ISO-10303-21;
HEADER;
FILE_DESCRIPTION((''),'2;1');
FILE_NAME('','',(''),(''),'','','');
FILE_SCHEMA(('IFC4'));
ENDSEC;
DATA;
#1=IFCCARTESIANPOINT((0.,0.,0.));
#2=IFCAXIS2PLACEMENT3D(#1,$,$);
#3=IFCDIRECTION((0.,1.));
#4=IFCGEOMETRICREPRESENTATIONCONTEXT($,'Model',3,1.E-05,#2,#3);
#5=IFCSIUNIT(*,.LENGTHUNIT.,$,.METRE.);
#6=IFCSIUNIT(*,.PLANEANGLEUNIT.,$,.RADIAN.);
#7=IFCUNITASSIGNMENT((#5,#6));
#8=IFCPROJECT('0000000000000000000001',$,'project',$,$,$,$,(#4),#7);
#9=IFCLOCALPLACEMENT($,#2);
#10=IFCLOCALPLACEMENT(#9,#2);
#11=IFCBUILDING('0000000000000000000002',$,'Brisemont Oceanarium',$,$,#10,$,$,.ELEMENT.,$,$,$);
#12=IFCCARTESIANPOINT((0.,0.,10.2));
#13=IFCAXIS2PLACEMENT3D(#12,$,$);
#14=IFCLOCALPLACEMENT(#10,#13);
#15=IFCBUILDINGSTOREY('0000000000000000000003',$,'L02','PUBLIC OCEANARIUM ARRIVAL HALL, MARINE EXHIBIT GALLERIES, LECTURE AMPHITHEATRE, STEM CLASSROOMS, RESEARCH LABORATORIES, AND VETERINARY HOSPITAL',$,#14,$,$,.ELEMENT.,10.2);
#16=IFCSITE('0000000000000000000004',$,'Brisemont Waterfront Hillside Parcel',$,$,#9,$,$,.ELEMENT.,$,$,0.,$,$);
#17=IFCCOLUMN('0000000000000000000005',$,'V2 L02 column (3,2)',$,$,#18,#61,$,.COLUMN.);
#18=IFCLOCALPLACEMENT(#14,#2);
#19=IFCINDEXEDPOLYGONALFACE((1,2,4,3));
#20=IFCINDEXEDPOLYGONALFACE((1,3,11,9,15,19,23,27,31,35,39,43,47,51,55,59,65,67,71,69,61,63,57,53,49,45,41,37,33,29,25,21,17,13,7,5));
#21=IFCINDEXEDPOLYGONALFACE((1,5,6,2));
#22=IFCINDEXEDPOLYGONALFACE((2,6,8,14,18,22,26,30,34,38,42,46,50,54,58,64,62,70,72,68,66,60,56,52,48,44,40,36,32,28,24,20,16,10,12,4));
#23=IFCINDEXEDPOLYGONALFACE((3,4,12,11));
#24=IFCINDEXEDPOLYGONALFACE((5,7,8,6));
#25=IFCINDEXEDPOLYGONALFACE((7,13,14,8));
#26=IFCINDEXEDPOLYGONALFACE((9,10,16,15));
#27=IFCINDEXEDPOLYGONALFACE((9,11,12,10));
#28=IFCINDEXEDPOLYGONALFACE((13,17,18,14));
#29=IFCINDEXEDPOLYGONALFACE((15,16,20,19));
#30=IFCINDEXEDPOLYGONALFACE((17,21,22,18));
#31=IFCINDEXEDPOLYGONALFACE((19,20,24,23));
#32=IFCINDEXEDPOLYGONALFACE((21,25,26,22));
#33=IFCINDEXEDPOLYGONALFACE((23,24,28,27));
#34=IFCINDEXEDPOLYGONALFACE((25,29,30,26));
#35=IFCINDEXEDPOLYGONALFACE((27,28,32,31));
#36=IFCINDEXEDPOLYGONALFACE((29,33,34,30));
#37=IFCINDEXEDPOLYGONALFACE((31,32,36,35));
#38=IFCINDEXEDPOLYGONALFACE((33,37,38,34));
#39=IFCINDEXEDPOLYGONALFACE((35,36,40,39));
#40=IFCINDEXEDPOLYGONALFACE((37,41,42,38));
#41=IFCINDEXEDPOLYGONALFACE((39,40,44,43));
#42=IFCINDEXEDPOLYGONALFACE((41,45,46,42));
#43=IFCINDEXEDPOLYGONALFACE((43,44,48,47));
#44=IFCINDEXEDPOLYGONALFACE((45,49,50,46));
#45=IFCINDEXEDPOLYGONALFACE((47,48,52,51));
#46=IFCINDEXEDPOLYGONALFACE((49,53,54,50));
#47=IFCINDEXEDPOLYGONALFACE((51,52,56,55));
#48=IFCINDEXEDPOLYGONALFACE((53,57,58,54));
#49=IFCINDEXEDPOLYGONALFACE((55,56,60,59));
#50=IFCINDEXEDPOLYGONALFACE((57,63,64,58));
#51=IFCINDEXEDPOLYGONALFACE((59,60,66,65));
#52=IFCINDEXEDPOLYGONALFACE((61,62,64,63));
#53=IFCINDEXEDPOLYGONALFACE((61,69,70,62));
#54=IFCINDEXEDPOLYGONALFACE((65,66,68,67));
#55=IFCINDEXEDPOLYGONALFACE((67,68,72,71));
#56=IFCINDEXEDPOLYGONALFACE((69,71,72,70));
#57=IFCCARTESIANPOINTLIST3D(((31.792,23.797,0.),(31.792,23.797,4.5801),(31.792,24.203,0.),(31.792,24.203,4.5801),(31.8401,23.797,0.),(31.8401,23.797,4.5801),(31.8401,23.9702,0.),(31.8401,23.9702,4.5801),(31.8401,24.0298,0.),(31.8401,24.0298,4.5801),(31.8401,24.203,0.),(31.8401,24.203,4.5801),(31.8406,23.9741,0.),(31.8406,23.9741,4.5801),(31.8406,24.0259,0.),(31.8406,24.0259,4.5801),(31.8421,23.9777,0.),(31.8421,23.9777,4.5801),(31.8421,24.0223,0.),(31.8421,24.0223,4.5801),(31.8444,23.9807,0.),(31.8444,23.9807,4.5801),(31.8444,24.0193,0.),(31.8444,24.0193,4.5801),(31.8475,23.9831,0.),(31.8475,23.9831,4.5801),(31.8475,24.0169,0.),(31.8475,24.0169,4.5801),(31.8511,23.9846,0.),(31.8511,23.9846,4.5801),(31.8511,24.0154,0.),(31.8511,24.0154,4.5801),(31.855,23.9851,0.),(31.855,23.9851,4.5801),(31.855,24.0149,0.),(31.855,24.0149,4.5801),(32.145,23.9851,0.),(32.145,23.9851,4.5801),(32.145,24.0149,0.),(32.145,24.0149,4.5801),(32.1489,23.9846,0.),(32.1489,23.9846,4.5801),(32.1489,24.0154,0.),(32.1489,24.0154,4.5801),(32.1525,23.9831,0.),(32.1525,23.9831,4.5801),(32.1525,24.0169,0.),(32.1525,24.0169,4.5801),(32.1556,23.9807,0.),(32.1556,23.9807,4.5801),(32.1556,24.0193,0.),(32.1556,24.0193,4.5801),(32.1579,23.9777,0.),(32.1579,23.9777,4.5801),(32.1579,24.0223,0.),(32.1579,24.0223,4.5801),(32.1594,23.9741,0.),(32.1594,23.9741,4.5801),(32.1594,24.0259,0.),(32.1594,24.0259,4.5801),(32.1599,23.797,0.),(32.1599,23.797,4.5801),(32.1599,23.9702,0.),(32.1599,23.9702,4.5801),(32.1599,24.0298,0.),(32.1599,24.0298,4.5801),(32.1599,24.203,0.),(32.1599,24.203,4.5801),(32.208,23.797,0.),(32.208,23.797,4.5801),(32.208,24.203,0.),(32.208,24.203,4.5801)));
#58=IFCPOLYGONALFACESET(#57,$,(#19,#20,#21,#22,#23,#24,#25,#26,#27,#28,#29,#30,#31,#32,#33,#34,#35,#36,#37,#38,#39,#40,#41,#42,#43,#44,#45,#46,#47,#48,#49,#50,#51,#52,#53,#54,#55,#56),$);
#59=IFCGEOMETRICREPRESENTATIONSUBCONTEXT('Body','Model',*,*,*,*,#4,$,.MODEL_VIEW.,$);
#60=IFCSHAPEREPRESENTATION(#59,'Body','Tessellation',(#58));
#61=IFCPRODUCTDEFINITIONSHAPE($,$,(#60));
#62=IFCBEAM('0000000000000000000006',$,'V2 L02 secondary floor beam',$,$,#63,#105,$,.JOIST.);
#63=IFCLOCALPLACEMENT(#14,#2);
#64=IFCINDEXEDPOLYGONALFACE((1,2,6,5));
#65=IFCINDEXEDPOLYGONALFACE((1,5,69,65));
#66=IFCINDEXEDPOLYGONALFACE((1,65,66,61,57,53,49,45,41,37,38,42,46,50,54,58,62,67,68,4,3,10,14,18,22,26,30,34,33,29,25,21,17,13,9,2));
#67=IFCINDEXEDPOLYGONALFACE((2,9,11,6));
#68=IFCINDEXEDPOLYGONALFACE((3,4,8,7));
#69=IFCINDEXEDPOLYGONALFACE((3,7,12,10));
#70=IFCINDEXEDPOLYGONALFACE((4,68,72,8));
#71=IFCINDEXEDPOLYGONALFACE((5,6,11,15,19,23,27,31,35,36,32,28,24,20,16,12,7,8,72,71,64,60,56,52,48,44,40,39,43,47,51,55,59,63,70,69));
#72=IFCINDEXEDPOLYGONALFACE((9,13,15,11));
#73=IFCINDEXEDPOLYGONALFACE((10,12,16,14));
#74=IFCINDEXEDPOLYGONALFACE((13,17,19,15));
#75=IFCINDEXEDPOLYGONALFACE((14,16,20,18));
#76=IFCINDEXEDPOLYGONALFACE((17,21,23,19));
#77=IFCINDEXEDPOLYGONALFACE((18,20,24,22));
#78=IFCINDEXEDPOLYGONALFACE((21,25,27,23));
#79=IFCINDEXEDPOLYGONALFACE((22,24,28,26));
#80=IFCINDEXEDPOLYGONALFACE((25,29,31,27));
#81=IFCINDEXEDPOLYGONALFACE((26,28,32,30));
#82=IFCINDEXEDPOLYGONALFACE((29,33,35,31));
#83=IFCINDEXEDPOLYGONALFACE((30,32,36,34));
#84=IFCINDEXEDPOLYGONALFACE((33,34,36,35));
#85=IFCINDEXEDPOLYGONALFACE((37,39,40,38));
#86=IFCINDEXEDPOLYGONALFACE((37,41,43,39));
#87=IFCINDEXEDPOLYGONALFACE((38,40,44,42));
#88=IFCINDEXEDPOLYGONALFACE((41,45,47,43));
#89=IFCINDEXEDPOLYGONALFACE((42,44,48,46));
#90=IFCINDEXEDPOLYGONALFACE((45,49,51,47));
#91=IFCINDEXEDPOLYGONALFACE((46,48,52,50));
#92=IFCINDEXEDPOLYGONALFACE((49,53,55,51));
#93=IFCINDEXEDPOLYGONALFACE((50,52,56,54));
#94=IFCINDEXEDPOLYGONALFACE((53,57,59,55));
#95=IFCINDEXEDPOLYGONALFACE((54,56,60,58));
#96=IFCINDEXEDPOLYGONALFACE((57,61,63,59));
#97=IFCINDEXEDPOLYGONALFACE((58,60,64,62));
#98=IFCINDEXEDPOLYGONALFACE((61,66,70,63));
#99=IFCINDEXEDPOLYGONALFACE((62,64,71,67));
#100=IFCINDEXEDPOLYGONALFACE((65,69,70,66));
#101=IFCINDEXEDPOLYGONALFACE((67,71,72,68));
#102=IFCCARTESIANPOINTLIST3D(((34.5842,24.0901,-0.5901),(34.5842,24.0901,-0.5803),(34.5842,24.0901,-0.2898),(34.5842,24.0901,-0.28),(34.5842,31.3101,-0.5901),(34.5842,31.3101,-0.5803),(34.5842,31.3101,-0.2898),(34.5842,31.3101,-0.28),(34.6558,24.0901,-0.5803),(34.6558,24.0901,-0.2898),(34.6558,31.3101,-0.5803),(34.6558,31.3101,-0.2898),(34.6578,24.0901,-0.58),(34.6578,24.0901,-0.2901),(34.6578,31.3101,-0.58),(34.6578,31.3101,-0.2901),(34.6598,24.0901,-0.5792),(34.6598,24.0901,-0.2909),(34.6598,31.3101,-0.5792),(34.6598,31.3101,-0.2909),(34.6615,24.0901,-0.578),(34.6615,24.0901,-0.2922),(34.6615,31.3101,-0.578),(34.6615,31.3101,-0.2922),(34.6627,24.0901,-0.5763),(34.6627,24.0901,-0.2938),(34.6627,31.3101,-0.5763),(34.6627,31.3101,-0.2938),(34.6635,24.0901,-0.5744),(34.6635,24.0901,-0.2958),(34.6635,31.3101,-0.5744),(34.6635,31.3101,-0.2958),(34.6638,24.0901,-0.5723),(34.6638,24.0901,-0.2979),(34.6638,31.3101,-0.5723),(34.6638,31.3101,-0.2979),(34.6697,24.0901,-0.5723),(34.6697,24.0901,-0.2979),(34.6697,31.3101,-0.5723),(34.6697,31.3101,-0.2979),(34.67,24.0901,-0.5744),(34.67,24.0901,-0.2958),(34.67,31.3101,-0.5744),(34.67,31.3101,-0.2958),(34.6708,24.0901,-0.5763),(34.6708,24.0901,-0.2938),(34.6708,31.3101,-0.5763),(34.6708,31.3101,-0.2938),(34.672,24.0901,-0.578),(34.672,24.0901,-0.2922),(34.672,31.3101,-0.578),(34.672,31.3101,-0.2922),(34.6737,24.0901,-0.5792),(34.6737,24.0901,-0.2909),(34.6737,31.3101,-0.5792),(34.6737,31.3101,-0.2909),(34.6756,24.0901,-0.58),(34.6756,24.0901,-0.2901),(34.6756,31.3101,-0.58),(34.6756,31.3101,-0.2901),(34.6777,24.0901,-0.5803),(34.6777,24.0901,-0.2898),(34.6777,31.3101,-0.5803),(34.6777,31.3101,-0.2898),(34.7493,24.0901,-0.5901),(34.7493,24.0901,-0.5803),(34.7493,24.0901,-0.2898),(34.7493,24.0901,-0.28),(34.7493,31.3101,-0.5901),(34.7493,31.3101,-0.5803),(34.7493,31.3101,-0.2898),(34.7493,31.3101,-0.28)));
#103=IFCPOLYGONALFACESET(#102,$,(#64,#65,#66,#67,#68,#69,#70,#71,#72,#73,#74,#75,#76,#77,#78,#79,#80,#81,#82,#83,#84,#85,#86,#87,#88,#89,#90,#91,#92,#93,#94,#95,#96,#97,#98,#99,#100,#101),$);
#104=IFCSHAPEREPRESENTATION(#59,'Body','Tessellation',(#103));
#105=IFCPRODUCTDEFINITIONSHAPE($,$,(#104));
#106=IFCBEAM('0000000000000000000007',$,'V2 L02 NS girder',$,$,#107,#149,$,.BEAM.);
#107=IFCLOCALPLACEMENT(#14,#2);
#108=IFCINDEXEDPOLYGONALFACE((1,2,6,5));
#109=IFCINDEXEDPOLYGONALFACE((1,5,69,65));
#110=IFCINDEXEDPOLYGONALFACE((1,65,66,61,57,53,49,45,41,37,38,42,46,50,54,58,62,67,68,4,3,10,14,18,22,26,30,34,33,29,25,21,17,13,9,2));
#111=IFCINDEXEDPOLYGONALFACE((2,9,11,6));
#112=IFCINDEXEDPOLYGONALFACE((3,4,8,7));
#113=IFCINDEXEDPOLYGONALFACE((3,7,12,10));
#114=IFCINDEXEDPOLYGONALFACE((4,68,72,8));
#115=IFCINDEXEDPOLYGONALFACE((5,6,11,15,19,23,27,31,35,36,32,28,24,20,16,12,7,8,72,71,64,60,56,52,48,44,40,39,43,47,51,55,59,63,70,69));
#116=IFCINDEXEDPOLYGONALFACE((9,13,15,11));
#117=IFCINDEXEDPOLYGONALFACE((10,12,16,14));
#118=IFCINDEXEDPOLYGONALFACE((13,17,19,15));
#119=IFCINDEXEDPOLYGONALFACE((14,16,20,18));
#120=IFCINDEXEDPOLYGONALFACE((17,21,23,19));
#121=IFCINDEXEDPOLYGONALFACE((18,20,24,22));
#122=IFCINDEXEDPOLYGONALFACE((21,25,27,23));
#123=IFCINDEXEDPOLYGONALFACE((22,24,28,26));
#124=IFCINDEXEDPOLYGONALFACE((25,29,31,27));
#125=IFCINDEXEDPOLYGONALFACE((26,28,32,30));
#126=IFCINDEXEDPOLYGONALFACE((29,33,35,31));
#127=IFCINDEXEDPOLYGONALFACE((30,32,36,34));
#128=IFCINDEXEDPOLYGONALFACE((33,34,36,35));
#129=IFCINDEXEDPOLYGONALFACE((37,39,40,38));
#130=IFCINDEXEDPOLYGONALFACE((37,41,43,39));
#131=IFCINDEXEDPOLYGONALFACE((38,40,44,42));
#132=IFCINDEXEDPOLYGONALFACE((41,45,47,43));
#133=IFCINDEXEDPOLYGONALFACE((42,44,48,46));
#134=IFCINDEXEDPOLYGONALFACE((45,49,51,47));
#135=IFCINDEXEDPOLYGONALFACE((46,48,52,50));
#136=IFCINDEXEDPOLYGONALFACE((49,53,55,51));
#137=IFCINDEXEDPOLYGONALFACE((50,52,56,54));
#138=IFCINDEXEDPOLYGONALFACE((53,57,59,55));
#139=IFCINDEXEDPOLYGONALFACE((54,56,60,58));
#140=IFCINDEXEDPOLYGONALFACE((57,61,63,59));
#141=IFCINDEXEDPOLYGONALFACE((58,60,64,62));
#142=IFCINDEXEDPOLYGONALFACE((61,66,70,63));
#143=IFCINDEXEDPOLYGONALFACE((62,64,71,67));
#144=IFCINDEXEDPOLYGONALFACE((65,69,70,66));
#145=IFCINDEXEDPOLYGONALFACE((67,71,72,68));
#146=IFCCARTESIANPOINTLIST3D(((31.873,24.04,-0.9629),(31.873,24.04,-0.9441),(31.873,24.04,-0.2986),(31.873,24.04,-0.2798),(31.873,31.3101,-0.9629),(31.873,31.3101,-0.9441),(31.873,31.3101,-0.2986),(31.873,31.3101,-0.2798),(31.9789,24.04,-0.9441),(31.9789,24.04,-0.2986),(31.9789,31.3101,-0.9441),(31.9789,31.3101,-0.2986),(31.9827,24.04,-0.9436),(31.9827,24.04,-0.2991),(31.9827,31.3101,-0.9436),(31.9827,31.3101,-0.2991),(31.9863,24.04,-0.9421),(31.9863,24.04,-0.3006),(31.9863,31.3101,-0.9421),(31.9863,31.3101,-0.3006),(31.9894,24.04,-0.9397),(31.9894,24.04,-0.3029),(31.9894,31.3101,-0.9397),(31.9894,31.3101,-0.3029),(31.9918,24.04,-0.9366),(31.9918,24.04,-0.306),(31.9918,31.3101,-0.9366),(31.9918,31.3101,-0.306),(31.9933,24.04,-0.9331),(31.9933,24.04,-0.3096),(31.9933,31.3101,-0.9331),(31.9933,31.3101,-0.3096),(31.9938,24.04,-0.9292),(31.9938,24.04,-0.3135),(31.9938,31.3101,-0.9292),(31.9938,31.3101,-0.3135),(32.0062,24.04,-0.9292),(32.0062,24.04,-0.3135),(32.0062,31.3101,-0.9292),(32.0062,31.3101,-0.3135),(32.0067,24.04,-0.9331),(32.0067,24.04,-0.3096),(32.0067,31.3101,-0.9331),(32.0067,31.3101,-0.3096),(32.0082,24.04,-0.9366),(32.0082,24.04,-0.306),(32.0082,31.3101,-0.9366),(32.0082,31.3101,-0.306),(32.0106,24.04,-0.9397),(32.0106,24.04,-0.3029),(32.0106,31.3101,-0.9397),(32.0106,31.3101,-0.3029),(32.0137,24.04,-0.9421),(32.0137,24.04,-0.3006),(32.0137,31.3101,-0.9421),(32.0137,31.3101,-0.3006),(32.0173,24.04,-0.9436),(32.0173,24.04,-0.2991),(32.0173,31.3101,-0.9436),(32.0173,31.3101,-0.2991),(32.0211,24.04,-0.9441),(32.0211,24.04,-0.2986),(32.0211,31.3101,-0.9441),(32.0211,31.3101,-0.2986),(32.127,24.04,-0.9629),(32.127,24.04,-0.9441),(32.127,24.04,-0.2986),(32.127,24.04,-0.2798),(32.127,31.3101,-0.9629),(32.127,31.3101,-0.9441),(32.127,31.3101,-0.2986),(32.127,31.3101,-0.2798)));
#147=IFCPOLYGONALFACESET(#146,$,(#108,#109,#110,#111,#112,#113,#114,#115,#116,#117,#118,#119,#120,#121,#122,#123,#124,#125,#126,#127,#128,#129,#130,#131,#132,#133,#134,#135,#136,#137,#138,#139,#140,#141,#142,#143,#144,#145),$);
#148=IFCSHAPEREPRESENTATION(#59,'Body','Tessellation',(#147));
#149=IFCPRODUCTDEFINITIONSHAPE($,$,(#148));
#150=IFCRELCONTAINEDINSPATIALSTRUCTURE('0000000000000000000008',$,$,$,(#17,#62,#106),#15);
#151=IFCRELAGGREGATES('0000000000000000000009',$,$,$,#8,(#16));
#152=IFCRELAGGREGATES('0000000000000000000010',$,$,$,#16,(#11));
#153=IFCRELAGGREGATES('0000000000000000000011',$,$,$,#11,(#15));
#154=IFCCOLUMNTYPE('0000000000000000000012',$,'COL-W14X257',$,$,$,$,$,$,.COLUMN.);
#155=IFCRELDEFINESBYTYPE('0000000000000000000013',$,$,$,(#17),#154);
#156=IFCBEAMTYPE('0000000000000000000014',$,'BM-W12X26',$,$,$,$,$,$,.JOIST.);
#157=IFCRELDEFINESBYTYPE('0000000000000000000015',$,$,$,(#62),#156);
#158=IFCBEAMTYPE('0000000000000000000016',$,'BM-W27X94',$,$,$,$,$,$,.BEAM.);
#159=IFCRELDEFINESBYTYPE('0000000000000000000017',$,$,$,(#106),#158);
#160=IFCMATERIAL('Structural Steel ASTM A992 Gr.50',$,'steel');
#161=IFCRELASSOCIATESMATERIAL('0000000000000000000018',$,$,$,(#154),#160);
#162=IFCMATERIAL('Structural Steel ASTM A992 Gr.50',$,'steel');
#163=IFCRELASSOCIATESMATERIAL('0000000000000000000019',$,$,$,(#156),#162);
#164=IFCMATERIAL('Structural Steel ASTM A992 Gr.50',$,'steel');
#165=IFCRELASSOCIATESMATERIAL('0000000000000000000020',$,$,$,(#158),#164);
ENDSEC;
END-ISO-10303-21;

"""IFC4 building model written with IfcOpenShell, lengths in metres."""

from ifc_helpers import new_model, si_unit, direction, frame, origin, origin_2d, place, context, subcontext, project, spatial, i_section, extrude, material, material_profile, profile_set, type_object, element, save


model = new_model("IFC4")

# Units and contexts
model_context = context("Model", 3, precision=1e-05, world=origin(), true_north=direction((0.0, 1.0)))
body_context = subcontext(model_context, "Body", "Model", "MODEL_VIEW")
ifc_project = project(units=[si_unit("LENGTHUNIT", "METRE"), si_unit("PLANEANGLEUNIT", "RADIAN")], contexts=[model_context])

# Site, building, storey
site_placement = place(None, origin())
site = spatial("IfcSite", under=ifc_project, at=site_placement, Name="Brisemont Waterfront Hillside Parcel", CompositionType="ELEMENT", RefElevation=0.0)
building_placement = place(site_placement, origin())
building = spatial("IfcBuilding", under=site, at=building_placement, Name="Brisemont Oceanarium", CompositionType="ELEMENT")
storey_placement = place(building_placement, frame((0.0, 0.0, 10.2)))
storey = spatial("IfcBuildingStorey", under=building, at=storey_placement, Name="L02", Description="PUBLIC OCEANARIUM ARRIVAL HALL, MARINE EXHIBIT GALLERIES, LECTURE AMPHITHEATRE, STEM CLASSROOMS, RESEARCH LABORATORIES, AND VETERINARY HOSPITAL", CompositionType="ELEMENT", Elevation=10.2)

# Column
ifc_material_1 = material(Name="Structural Steel ASTM A992 Gr.50", Category="steel")
ifc_material_profile_1 = material_profile(ifc_material_1, i_section(OverallWidth=0.406, OverallDepth=0.416, WebThickness=0.0298, FlangeThickness=0.0481, FilletRadius=0.0149, at=origin_2d()), Name="W14X257")
ifc_profile_set_1 = profile_set([ifc_material_profile_1], Name="Structural Steel ASTM A992 Gr.50")
column_type = type_object("IfcColumnType", Name="COL-W14X257", PredefinedType="COLUMN", material=ifc_profile_set_1)
column_placement = place(storey_placement, frame((32.0, 24.0, 0.0), z_axis=(0.0, 0.0, 1.0), x_axis=(0.0, 1.0, 0.0)))
element("IfcColumn", 1, at=column_placement, inside=storey, type_object=column_type, Name="V2 L02 column (3,2)", PredefinedType="COLUMN", context=body_context, shape_type="SweptSolid", body=[
    extrude(i_section(OverallWidth=0.406, OverallDepth=0.416, WebThickness=0.0298, FlangeThickness=0.0481, FilletRadius=0.0149, at=origin_2d()), origin(), (0.0, 0.0, 1.0), 4.5801),
])

# Beams
ifc_material_2 = material(Name="Structural Steel ASTM A992 Gr.50", Category="steel")
ifc_material_profile_2 = material_profile(ifc_material_2, i_section(OverallWidth=0.165, OverallDepth=0.3101, WebThickness=0.0059, FlangeThickness=0.0098, FilletRadius=0.0081, at=origin_2d()), Name="W12X26")
ifc_profile_set_2 = profile_set([ifc_material_profile_2], Name="Structural Steel ASTM A992 Gr.50")
beam_type_1 = type_object("IfcBeamType", Name="BM-W12X26", PredefinedType="JOIST", material=ifc_profile_set_2)
beam_1_placement = place(storey_placement, frame((34.6667, 24.0901, -0.4351), z_axis=(0.0, 1.0, 0.0), x_axis=(-1.0, 0.0, 0.0)))
element("IfcBeam", 2, at=beam_1_placement, inside=storey, type_object=beam_type_1, Name="V2 L02 secondary floor beam", PredefinedType="JOIST", context=body_context, shape_type="SweptSolid", body=[
    extrude(i_section(OverallWidth=0.165, OverallDepth=0.3101, WebThickness=0.0059, FlangeThickness=0.0098, FilletRadius=0.0081, at=origin_2d()), origin(), (0.0, 0.0, 1.0), 7.22),
])
ifc_material_3 = material(Name="Structural Steel ASTM A992 Gr.50", Category="steel")
ifc_material_profile_3 = material_profile(ifc_material_3, i_section(OverallWidth=0.2539, OverallDepth=0.6831, WebThickness=0.0125, FlangeThickness=0.0188, FilletRadius=0.0149, at=origin_2d()), Name="W27X94")
ifc_profile_set_3 = profile_set([ifc_material_profile_3], Name="Structural Steel ASTM A992 Gr.50")
beam_type_2 = type_object("IfcBeamType", Name="BM-W27X94", PredefinedType="BEAM", material=ifc_profile_set_3)
beam_2_placement = place(storey_placement, frame((32.0, 24.04, -0.6213), z_axis=(0.0, 1.0, 0.0), x_axis=(-1.0, 0.0, 0.0)))
element("IfcBeam", 3, at=beam_2_placement, inside=storey, type_object=beam_type_2, Name="V2 L02 NS girder", PredefinedType="BEAM", context=body_context, shape_type="SweptSolid", body=[
    extrude(i_section(OverallWidth=0.2539, OverallDepth=0.6831, WebThickness=0.0125, FlangeThickness=0.0188, FilletRadius=0.0149, at=origin_2d()), origin(), (0.0, 0.0, 1.0), 7.27),
])

save(model, "model.ifc")
